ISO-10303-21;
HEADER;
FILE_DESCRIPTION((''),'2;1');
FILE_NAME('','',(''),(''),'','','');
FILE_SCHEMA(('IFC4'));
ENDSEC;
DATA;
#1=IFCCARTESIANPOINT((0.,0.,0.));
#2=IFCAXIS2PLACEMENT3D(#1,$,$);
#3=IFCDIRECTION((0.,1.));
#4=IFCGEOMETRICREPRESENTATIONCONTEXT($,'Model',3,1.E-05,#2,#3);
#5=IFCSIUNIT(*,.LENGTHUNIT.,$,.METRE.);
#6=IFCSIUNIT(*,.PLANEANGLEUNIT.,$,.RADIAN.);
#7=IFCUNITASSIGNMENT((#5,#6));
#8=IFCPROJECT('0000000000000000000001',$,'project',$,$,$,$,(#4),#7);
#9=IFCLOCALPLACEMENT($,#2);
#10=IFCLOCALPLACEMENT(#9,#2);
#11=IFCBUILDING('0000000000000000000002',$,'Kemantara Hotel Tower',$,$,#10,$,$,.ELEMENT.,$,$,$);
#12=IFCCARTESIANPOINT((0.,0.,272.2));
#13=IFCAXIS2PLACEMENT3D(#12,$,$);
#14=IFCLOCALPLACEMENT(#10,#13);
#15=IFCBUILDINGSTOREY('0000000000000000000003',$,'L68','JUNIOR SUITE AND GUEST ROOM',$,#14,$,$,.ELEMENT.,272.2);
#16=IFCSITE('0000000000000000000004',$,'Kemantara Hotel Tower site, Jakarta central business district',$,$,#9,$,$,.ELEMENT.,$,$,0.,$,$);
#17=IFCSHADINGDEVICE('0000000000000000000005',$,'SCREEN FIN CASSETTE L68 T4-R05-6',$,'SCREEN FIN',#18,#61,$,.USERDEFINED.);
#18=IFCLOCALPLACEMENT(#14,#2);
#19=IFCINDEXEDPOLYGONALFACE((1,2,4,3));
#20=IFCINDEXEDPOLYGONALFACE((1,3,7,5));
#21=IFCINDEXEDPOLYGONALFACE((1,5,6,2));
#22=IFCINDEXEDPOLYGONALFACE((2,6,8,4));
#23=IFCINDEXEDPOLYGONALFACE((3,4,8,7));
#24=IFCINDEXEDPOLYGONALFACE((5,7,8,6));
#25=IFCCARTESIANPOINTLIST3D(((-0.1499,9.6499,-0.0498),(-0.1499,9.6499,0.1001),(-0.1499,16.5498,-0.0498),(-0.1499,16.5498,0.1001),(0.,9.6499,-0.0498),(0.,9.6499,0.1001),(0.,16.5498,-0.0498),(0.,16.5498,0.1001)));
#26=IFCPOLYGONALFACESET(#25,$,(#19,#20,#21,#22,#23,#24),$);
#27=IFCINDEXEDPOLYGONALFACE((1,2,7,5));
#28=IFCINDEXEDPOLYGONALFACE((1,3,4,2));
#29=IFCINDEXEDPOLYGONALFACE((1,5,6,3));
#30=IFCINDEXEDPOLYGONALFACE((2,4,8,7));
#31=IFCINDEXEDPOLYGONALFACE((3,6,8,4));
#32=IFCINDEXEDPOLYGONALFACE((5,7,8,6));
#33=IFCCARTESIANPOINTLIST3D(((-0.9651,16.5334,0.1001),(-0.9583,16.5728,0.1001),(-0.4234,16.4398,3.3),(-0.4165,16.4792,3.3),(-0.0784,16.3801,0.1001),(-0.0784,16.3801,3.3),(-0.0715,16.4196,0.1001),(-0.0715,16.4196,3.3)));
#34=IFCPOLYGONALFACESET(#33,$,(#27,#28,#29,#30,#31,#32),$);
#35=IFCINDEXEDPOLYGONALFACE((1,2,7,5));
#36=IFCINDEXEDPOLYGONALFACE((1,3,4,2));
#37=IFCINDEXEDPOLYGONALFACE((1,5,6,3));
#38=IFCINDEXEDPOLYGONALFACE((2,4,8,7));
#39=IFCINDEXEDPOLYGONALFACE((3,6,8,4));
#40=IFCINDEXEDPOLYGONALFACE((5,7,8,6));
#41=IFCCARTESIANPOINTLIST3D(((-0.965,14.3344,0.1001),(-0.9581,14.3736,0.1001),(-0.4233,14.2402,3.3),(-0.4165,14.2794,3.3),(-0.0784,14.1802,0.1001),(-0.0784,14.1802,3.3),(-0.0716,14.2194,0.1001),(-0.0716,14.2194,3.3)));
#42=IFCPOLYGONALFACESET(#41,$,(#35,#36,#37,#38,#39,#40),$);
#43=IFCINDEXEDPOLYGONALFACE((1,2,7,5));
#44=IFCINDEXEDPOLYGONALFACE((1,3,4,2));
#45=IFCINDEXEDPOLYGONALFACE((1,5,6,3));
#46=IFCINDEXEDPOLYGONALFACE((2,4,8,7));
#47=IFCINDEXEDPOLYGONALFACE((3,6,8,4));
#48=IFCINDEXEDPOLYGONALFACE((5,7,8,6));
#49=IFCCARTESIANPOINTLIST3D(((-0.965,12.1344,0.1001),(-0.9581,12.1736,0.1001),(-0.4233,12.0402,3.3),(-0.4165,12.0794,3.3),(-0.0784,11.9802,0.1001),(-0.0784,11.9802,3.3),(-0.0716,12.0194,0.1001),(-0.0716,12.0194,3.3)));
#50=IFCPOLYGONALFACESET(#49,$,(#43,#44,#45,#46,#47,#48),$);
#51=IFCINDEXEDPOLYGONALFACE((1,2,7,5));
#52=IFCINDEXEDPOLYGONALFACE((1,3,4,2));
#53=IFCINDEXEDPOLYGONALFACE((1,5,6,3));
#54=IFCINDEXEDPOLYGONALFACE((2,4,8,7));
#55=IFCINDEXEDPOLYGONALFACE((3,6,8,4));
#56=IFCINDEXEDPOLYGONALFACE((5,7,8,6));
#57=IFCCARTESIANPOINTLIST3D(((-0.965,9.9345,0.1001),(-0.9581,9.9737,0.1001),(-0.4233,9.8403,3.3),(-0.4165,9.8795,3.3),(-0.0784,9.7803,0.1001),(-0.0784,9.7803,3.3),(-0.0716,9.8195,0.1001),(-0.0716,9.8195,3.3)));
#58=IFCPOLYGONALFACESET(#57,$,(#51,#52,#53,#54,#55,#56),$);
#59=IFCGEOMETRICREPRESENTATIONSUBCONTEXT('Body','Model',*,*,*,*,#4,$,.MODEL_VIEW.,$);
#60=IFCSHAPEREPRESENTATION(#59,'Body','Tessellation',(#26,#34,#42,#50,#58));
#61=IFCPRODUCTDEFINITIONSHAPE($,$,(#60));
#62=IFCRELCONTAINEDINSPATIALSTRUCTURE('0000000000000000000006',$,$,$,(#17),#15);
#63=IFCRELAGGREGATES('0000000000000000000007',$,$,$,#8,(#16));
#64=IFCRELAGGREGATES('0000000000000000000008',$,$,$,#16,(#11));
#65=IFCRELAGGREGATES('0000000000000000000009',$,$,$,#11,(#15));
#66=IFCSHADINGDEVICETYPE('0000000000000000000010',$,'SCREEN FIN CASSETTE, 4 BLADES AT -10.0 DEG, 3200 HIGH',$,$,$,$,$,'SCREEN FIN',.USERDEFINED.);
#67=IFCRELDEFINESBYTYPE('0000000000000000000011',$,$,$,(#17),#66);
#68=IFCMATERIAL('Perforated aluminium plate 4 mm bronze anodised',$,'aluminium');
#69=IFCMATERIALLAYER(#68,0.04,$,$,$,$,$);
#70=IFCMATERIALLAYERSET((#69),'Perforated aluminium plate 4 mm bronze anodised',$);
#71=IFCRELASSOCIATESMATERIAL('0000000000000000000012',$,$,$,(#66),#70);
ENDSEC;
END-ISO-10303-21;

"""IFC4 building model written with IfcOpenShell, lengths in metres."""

from ifc_helpers import new_model, si_unit, direction, frame, origin, origin_2d, place, context, subcontext, project, spatial, polyline, rectangle, outline, extrude, source, transform, mapped, material, layer, layer_set, type_object, element, save


model = new_model("IFC4")

# Units and contexts
model_context = context("Model", 3, precision=1e-05, world=origin(), true_north=direction((0.0, 1.0)))
body_context = subcontext(model_context, "Body", "Model", "MODEL_VIEW")
ifc_project = project(units=[si_unit("LENGTHUNIT", "METRE"), si_unit("PLANEANGLEUNIT", "RADIAN")], contexts=[model_context])

# Site, building, storey
site_placement = place(None, origin())
site = spatial("IfcSite", under=ifc_project, at=site_placement, Name="Kemantara Hotel Tower site, Jakarta central business district", CompositionType="ELEMENT", RefElevation=0.0)
building_placement = place(site_placement, origin())
building = spatial("IfcBuilding", under=site, at=building_placement, Name="Kemantara Hotel Tower", CompositionType="ELEMENT")
storey_placement = place(building_placement, frame((0.0, 0.0, 272.2)))
storey = spatial("IfcBuildingStorey", under=building, at=storey_placement, Name="L68", Description="JUNIOR SUITE AND GUEST ROOM", CompositionType="ELEMENT", Elevation=272.2)

# Shading device
ifc_material_1 = material(Name="Perforated aluminium plate 4 mm bronze anodised", Category="aluminium")
ifc_layer_1 = layer(ifc_material_1, 0.04)
ifc_layer_set_1 = layer_set([ifc_layer_1], Name="Perforated aluminium plate 4 mm bronze anodised")
shading_device_type_1 = type_object("IfcShadingDeviceType", Name="SCREEN FIN CASSETTE, 4 BLADES AT -10.0 DEG, 3200 HIGH", ElementType="SCREEN FIN", PredefinedType="USERDEFINED", material=ifc_layer_set_1)
shared_shape_1 = source(origin(), body_context, "Body", "SweptSolid", [
    extrude(rectangle(XDim=6.8999, YDim=0.1499, at=origin_2d()), frame((3.3, -0.075, -0.1499), z_axis=(0.0, 0.0, 1.0), x_axis=(1.0, 0.0, 0.0)), (0.0, 0.0, 1.0), 0.1499),
    extrude(outline(polyline([(0.0, 0.0), (0.8999, 0.0), (0.3501, 3.2), (0.0, 3.2), (0.0, 0.0)])), frame((0.0198, -0.0784, 0.0), z_axis=(-0.98539, 0.170314, 0.0), x_axis=(-0.170314, -0.98539, 0.0)), (0.0, 0.0, 1.0), 0.04),
    extrude(outline(polyline([(0.0, 0.0), (0.8999, 0.0), (0.3501, 3.2), (0.0, 3.2), (0.0, 0.0)])), frame((2.2197, -0.0784, 0.0), z_axis=(-0.985212, 0.171341, 0.0), x_axis=(-0.171341, -0.985212, 0.0)), (0.0, 0.0, 1.0), 0.0398),
    extrude(outline(polyline([(0.0, 0.0), (0.8999, 0.0), (0.3501, 3.2), (0.0, 3.2), (0.0, 0.0)])), frame((4.4197, -0.0784, 0.0), z_axis=(-0.985212, 0.171341, 0.0), x_axis=(-0.171341, -0.985212, 0.0)), (0.0, 0.0, 1.0), 0.0398),
    extrude(outline(polyline([(0.0, 0.0), (0.8999, 0.0), (0.3501, 3.2), (0.0, 3.2), (0.0, 0.0)])), frame((6.6196, -0.0784, 0.0), z_axis=(-0.985212, 0.171341, 0.0), x_axis=(-0.171341, -0.985212, 0.0)), (0.0, 0.0, 1.0), 0.0398),
])
shading_device_1_placement = place(storey_placement, frame((0.0, 16.3999, 0.1001), z_axis=(0.0, 0.0, 1.0), x_axis=(0.0, -1.0, 0.0)))
element("IfcShadingDevice", 1, at=shading_device_1_placement, inside=storey, type_object=shading_device_type_1, Name="SCREEN FIN CASSETTE L68 T4-R05-6", ObjectType="SCREEN FIN", PredefinedType="USERDEFINED", context=body_context, shape_type="MappedRepresentation", body=[
    mapped(shared_shape_1, transform((0.0, 0.0, 0.0))),
])

save(model, "model.ifc")
